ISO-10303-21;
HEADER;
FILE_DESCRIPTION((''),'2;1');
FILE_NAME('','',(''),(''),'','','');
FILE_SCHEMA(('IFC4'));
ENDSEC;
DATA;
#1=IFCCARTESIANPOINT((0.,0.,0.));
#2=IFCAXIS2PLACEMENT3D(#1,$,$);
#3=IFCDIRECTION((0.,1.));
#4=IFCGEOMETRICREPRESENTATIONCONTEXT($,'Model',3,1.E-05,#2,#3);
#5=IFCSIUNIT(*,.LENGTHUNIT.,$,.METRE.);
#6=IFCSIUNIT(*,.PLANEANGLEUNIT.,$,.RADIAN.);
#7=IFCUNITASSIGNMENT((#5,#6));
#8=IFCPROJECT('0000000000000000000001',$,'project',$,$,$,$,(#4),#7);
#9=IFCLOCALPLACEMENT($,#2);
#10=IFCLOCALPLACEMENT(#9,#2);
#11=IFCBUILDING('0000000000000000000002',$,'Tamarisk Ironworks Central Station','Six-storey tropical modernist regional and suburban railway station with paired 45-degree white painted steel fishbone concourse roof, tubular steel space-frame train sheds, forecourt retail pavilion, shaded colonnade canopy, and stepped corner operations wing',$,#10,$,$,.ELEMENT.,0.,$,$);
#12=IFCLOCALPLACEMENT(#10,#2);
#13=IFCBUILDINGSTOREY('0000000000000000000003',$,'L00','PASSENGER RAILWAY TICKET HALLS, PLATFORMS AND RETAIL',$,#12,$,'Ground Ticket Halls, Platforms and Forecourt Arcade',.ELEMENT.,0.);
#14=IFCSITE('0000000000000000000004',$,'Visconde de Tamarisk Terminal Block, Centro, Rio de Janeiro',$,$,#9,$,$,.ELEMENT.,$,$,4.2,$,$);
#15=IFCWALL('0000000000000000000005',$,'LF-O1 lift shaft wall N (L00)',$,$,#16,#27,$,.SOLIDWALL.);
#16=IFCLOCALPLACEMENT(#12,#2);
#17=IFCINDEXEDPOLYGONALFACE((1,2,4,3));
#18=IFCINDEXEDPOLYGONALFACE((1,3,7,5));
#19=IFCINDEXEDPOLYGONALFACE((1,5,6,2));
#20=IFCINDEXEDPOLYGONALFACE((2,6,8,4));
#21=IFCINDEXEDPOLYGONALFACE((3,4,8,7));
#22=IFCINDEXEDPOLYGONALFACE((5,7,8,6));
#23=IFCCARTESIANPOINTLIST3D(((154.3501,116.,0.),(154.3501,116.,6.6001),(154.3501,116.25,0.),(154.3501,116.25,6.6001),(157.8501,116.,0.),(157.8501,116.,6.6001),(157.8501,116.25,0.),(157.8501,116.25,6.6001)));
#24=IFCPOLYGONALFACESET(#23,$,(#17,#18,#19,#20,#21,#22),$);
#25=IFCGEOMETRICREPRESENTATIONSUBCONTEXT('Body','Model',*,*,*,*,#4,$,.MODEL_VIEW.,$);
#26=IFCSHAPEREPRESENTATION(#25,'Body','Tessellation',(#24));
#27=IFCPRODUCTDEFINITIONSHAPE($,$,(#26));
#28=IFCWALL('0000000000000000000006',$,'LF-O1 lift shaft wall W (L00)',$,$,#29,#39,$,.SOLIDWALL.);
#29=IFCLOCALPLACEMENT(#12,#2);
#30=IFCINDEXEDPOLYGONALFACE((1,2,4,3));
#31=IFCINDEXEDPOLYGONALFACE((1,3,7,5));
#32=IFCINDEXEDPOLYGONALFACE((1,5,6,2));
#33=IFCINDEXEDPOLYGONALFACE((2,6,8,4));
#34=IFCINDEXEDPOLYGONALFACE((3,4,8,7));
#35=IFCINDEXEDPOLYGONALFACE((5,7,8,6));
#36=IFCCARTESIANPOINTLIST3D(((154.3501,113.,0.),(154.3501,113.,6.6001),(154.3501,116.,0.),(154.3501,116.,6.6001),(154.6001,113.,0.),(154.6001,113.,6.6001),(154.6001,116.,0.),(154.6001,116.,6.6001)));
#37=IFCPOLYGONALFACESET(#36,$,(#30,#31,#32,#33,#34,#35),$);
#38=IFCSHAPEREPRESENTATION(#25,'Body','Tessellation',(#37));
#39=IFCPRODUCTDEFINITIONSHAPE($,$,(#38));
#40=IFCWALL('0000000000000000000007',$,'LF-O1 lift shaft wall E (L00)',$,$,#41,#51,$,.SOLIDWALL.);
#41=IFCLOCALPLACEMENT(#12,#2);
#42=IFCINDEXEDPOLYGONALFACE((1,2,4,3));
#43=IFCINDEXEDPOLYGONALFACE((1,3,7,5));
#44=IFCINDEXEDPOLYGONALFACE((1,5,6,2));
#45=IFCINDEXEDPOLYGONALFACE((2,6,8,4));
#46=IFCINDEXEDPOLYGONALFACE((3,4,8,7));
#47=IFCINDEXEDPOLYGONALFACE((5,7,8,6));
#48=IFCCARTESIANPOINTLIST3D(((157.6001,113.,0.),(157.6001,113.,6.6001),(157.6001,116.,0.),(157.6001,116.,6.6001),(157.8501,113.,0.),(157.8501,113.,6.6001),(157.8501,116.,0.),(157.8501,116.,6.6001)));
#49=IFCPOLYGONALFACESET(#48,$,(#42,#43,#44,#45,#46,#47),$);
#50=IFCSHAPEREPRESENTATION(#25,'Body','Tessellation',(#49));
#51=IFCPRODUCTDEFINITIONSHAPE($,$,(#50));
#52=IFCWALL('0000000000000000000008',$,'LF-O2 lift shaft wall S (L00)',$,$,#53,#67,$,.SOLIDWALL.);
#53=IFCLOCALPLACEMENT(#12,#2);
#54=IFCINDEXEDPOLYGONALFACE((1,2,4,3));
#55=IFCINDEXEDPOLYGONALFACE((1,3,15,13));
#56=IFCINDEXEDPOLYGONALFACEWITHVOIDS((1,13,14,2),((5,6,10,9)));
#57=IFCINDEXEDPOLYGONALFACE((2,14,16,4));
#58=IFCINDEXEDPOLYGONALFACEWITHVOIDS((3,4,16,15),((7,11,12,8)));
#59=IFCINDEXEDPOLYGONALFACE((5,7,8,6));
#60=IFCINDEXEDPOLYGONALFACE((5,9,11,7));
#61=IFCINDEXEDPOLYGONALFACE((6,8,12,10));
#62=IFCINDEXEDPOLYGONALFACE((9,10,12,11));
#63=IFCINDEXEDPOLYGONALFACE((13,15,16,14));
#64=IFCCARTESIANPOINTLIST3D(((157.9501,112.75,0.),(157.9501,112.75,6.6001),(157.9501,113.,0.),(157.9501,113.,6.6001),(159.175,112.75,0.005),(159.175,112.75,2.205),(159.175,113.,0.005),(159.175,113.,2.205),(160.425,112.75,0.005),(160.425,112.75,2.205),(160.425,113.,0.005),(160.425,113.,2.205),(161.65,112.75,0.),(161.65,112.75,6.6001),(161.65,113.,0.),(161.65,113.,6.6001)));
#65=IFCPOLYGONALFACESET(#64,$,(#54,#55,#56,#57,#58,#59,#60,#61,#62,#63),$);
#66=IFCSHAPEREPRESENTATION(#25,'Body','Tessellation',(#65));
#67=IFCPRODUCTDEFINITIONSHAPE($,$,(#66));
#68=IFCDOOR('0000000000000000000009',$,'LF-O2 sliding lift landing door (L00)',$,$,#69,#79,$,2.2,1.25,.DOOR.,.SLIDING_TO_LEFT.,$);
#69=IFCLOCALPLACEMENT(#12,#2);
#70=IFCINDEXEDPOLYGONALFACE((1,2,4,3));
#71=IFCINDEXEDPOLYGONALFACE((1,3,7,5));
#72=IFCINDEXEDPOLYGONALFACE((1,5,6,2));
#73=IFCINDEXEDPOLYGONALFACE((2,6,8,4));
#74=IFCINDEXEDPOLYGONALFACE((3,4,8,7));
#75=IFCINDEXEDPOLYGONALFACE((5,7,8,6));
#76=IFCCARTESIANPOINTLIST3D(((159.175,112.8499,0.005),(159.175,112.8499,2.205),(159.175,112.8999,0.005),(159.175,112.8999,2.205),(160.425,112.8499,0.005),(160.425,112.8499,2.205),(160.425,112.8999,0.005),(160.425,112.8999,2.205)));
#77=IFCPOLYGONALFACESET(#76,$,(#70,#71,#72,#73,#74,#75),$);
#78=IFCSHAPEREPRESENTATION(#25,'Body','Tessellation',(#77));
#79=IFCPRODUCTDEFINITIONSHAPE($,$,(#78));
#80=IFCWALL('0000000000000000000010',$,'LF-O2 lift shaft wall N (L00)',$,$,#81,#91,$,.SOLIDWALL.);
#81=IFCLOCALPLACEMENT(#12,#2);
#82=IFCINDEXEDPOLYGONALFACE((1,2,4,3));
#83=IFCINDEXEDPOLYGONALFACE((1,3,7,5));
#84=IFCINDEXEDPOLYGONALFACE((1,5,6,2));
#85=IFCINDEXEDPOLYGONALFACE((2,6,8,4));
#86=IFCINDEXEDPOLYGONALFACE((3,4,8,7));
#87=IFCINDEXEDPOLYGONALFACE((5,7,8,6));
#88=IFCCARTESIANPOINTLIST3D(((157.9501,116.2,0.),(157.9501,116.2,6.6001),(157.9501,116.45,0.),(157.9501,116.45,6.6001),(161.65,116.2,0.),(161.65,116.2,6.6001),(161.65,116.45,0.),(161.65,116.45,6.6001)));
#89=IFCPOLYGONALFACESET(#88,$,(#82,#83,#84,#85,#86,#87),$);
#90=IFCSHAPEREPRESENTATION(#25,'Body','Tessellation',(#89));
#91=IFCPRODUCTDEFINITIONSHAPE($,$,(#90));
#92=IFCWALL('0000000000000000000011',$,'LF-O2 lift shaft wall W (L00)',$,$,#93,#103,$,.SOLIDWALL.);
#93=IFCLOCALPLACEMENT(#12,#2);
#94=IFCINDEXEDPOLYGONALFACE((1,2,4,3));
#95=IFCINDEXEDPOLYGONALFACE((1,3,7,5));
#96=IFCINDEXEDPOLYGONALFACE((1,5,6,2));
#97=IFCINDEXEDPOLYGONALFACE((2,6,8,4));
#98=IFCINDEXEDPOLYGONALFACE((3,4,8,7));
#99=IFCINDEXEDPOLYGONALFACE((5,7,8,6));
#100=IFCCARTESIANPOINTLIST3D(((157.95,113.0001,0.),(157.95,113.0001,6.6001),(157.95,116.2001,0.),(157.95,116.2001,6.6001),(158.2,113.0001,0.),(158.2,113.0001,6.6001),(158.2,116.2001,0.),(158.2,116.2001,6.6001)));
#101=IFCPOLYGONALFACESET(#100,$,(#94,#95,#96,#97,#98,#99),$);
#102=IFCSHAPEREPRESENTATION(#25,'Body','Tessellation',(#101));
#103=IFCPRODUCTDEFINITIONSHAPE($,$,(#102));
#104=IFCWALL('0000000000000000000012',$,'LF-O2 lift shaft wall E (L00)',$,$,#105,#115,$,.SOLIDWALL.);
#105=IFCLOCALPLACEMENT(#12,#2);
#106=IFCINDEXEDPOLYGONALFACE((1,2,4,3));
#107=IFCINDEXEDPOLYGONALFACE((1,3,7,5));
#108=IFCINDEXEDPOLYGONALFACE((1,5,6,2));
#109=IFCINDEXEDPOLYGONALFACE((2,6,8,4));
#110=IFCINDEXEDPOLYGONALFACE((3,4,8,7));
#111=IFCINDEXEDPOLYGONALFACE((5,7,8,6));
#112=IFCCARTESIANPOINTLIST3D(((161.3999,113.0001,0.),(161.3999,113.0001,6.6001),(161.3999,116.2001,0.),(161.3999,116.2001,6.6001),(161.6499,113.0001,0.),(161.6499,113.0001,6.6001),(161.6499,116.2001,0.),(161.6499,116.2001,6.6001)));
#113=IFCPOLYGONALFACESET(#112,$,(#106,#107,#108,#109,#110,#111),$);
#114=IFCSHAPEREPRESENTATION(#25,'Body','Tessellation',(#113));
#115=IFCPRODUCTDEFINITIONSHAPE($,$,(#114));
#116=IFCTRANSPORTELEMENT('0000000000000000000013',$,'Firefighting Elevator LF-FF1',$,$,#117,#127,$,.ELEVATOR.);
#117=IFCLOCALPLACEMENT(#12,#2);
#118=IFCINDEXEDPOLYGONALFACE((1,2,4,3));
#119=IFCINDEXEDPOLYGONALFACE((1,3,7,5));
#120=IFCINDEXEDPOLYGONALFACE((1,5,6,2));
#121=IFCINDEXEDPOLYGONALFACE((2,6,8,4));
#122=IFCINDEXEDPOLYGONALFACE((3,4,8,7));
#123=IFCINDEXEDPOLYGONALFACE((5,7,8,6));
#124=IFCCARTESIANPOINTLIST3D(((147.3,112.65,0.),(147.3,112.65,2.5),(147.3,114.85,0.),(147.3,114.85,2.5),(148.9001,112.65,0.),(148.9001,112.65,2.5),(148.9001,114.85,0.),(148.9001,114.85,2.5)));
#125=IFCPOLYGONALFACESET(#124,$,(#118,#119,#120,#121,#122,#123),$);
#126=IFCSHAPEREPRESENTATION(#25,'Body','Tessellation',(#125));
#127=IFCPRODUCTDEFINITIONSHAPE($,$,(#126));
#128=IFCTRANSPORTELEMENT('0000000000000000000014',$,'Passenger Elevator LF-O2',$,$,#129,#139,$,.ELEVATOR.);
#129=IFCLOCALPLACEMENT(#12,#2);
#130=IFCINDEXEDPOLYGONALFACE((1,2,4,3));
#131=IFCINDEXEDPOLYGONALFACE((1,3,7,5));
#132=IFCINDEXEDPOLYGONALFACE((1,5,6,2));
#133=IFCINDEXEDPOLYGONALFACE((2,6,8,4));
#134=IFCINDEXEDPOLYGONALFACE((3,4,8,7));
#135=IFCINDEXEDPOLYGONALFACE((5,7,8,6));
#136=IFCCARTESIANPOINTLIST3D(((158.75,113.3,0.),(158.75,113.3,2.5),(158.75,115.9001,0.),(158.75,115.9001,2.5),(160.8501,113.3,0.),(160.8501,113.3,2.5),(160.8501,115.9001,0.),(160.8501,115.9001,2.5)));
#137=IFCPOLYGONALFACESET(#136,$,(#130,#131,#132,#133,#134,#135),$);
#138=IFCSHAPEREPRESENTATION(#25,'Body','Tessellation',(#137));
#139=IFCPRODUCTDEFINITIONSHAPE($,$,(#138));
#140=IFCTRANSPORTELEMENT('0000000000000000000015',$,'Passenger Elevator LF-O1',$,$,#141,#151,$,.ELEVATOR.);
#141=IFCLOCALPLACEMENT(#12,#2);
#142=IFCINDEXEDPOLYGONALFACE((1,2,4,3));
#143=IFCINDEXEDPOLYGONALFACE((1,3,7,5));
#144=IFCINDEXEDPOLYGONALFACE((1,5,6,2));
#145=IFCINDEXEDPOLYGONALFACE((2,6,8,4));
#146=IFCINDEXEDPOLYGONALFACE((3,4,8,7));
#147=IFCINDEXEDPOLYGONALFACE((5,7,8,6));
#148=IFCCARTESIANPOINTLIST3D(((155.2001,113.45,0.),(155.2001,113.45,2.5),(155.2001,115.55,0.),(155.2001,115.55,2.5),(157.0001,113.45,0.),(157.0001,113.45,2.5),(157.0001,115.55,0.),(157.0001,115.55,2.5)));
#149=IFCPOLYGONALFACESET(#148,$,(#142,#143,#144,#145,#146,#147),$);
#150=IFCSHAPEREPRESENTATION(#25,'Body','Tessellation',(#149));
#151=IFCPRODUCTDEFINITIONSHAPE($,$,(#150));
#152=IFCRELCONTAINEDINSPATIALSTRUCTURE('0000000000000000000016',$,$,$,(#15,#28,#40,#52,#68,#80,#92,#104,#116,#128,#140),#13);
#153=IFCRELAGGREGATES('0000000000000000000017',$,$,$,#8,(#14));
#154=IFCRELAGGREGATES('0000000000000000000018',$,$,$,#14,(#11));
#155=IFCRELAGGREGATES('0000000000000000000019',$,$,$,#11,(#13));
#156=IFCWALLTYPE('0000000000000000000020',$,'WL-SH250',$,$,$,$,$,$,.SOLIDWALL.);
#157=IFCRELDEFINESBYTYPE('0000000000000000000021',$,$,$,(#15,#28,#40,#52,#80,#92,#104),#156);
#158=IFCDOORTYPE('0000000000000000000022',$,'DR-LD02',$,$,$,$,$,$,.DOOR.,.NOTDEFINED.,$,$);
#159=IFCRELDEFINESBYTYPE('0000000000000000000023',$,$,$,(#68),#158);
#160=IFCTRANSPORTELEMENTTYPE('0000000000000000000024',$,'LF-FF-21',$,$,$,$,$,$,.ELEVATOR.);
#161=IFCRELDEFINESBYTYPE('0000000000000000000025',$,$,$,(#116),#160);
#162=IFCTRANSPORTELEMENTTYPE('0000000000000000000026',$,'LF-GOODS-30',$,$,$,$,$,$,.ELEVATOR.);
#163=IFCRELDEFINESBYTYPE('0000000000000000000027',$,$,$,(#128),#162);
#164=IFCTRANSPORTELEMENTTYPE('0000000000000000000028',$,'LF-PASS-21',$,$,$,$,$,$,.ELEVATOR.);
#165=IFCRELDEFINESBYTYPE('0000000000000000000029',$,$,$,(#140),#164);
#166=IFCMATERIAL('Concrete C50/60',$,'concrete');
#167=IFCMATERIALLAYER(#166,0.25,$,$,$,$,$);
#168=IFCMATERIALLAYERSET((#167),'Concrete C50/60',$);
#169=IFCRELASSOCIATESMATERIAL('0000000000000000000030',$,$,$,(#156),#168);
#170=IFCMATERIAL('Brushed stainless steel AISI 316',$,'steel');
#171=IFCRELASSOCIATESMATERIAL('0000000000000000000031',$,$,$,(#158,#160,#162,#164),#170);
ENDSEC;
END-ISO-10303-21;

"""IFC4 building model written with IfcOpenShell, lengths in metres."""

from ifc_helpers import new_model, si_unit, direction, frame, frame_2d, origin, origin_2d, place, context, subcontext, project, spatial, rectangle, extrude, material, layer, layer_set, type_object, element, fill, save


model = new_model("IFC4")

# Units and contexts
model_context = context("Model", 3, precision=1e-05, world=origin(), true_north=direction((0.0, 1.0)))
body_context = subcontext(model_context, "Body", "Model", "MODEL_VIEW")
ifc_project = project(units=[si_unit("LENGTHUNIT", "METRE"), si_unit("PLANEANGLEUNIT", "RADIAN")], contexts=[model_context])

# Site, building, storey
site_placement = place(None, origin())
site = spatial("IfcSite", under=ifc_project, at=site_placement, Name="Visconde de Tamarisk Terminal Block, Centro, Rio de Janeiro", CompositionType="ELEMENT", RefElevation=4.2)
building_placement = place(site_placement, origin())
building = spatial("IfcBuilding", under=site, at=building_placement, Name="Tamarisk Ironworks Central Station", Description="Six-storey tropical modernist regional and suburban railway station with paired 45-degree white painted steel fishbone concourse roof, tubular steel space-frame train sheds, forecourt retail pavilion, shaded colonnade canopy, and stepped corner operations wing", CompositionType="ELEMENT", ElevationOfRefHeight=0.0)
storey_placement = place(building_placement, origin())
storey = spatial("IfcBuildingStorey", under=building, at=storey_placement, Name="L00", Description="PASSENGER RAILWAY TICKET HALLS, PLATFORMS AND RETAIL", LongName="Ground Ticket Halls, Platforms and Forecourt Arcade", CompositionType="ELEMENT", Elevation=0.0)

# Shared definitions
ifc_material_1 = material(Name="Concrete C50/60", Category="concrete")

# Shared definitions
ifc_layer_1 = layer(ifc_material_1, 0.25)
ifc_layer_set_1 = layer_set([ifc_layer_1], Name="Concrete C50/60")
wall_type_1 = type_object("IfcWallType", Name="WL-SH250", PredefinedType="SOLIDWALL", material=ifc_layer_set_1)

# Shared definitions
ifc_material_2 = material(Name="Brushed stainless steel AISI 316", Category="steel")

# Walls
wall_1_placement = place(storey_placement, frame((154.3501, 116.125, 0.0), z_axis=(0.0, 0.0, 1.0), x_axis=(1.0, 0.0, 0.0)))
element("IfcWall", 1, at=wall_1_placement, inside=storey, type_object=wall_type_1, Name="LF-O1 lift shaft wall N (L00)", PredefinedType="SOLIDWALL", context=body_context, shape_type="SweptSolid", body=[
    extrude(rectangle(XDim=3.5, YDim=0.25, at=frame_2d((1.75, 0.0))), origin(), (0.0, 0.0, 1.0), 6.6001),
])
for number, where, z_axis, x_axis, name in (
    (2, (154.4751, 113.0, 0.0), (0.0, 0.0, 1.0), (0.0, 1.0, 0.0), "LF-O1 lift shaft wall W (L00)"),
    (3, (157.7251, 113.0, 0.0), (0.0, 0.0, 1.0), (0.0, 1.0, 0.0), "LF-O1 lift shaft wall E (L00)"),
):
    element("IfcWall", number, at=place(storey_placement, frame(where, z_axis=z_axis, x_axis=x_axis)), inside=storey, type_object=wall_type_1, Name=name, PredefinedType="SOLIDWALL", context=body_context, shape_type="SweptSolid", body=[
        extrude(rectangle(XDim=3.0, YDim=0.25, at=frame_2d((1.5, 0.0))), origin(), (0.0, 0.0, 1.0), 6.6001),
    ])

# Wall, opening, door
wall_2_placement = place(storey_placement, frame((157.95, 112.875, 0.0), z_axis=(0.0, 0.0, 1.0), x_axis=(1.0, 0.0, 0.0)))
wall_2 = element("IfcWall", 4, at=wall_2_placement, inside=storey, type_object=wall_type_1, Name="LF-O2 lift shaft wall S (L00)", PredefinedType="SOLIDWALL", context=body_context, shape_type="SweptSolid", body=[
    extrude(rectangle(XDim=3.7, YDim=0.25, at=frame_2d((1.8501, 0.0))), origin(), (0.0, 0.0, 1.0), 6.6001),
])
opening_1_placement = place(wall_2_placement, frame((1.2251, 0.0, 0.0049)))
opening_1 = element("IfcOpeningElement", 5, at=opening_1_placement, cuts=wall_2, PredefinedType="OPENING", context=body_context, shape_type="SweptSolid", body=[
    extrude(rectangle(XDim=1.25, YDim=2.2, at=frame_2d((0.625, 1.1001))), frame((0.0, 0.137, 0.0), z_axis=(0.0, -1.0, 0.0), x_axis=(1.0, 0.0, 0.0)), (0.0, 0.0, 1.0), 0.2739),
])
door_type_1 = type_object("IfcDoorType", Name="DR-LD02", OperationType="NOTDEFINED", PredefinedType="DOOR", material=ifc_material_2)
door_1_placement = place(opening_1_placement, origin())
door_1 = element("IfcDoor", 6, at=door_1_placement, inside=storey, type_object=door_type_1, Name="LF-O2 sliding lift landing door (L00)", OperationType="SLIDING_TO_LEFT", OverallHeight=2.2, OverallWidth=1.25, PredefinedType="DOOR", context=body_context, shape_type="SweptSolid", body=[
    extrude(rectangle(XDim=1.25, YDim=2.2, at=frame_2d((0.625, 1.1001))), frame((0.0, 0.0249, 0.0), z_axis=(0.0, -1.0, 0.0), x_axis=(1.0, 0.0, 0.0)), (0.0, 0.0, 1.0), 0.05),
])
fill(opening_1, door_1)

# Walls
wall_3_placement = place(storey_placement, frame((157.95, 116.325, 0.0), z_axis=(0.0, 0.0, 1.0), x_axis=(1.0, 0.0, 0.0)))
element("IfcWall", 7, at=wall_3_placement, inside=storey, type_object=wall_type_1, Name="LF-O2 lift shaft wall N (L00)", PredefinedType="SOLIDWALL", context=body_context, shape_type="SweptSolid", body=[
    extrude(rectangle(XDim=3.7, YDim=0.25, at=frame_2d((1.8501, 0.0))), origin(), (0.0, 0.0, 1.0), 6.6001),
])
for number, where, z_axis, x_axis, name in (
    (8, (158.075, 113.0, 0.0), (0.0, 0.0, 1.0), (0.0, 1.0, 0.0), "LF-O2 lift shaft wall W (L00)"),
    (9, (161.5249, 113.0, 0.0), (0.0, 0.0, 1.0), (0.0, 1.0, 0.0), "LF-O2 lift shaft wall E (L00)"),
):
    element("IfcWall", number, at=place(storey_placement, frame(where, z_axis=z_axis, x_axis=x_axis)), inside=storey, type_object=wall_type_1, Name=name, PredefinedType="SOLIDWALL", context=body_context, shape_type="SweptSolid", body=[
        extrude(rectangle(XDim=3.2, YDim=0.25, at=frame_2d((1.6001, 0.0))), origin(), (0.0, 0.0, 1.0), 6.6001),
    ])

# Transport elements
transport_element_type_1 = type_object("IfcTransportElementType", Name="LF-FF-21", PredefinedType="ELEVATOR", material=ifc_material_2)
transport_element_1_placement = place(storey_placement, frame((148.1001, 113.75, 0.0), z_axis=(0.0, 0.0, 1.0), x_axis=(1.0, 0.0, 0.0)))
element("IfcTransportElement", 10, at=transport_element_1_placement, inside=storey, type_object=transport_element_type_1, Name="Firefighting Elevator LF-FF1", PredefinedType="ELEVATOR", context=body_context, shape_type="SweptSolid", body=[
    extrude(rectangle(XDim=1.6001, YDim=2.2, at=origin_2d()), origin(), (0.0, 0.0, 1.0), 2.5),
])
transport_element_type_2 = type_object("IfcTransportElementType", Name="LF-GOODS-30", PredefinedType="ELEVATOR", material=ifc_material_2)
transport_element_2_placement = place(storey_placement, frame((159.8, 114.6001, 0.0), z_axis=(0.0, 0.0, 1.0), x_axis=(1.0, 0.0, 0.0)))
element("IfcTransportElement", 11, at=transport_element_2_placement, inside=storey, type_object=transport_element_type_2, Name="Passenger Elevator LF-O2", PredefinedType="ELEVATOR", context=body_context, shape_type="SweptSolid", body=[
    extrude(rectangle(XDim=2.1001, YDim=2.6001, at=origin_2d()), origin(), (0.0, 0.0, 1.0), 2.5),
])
transport_element_type_3 = type_object("IfcTransportElementType", Name="LF-PASS-21", PredefinedType="ELEVATOR", material=ifc_material_2)
transport_element_3_placement = place(storey_placement, frame((156.1001, 114.5, 0.0), z_axis=(0.0, 0.0, 1.0), x_axis=(1.0, 0.0, 0.0)))
element("IfcTransportElement", 12, at=transport_element_3_placement, inside=storey, type_object=transport_element_type_3, Name="Passenger Elevator LF-O1", PredefinedType="ELEVATOR", context=body_context, shape_type="SweptSolid", body=[
    extrude(rectangle(XDim=1.8, YDim=2.1001, at=origin_2d()), origin(), (0.0, 0.0, 1.0), 2.5),
])

save(model, "model.ifc")
